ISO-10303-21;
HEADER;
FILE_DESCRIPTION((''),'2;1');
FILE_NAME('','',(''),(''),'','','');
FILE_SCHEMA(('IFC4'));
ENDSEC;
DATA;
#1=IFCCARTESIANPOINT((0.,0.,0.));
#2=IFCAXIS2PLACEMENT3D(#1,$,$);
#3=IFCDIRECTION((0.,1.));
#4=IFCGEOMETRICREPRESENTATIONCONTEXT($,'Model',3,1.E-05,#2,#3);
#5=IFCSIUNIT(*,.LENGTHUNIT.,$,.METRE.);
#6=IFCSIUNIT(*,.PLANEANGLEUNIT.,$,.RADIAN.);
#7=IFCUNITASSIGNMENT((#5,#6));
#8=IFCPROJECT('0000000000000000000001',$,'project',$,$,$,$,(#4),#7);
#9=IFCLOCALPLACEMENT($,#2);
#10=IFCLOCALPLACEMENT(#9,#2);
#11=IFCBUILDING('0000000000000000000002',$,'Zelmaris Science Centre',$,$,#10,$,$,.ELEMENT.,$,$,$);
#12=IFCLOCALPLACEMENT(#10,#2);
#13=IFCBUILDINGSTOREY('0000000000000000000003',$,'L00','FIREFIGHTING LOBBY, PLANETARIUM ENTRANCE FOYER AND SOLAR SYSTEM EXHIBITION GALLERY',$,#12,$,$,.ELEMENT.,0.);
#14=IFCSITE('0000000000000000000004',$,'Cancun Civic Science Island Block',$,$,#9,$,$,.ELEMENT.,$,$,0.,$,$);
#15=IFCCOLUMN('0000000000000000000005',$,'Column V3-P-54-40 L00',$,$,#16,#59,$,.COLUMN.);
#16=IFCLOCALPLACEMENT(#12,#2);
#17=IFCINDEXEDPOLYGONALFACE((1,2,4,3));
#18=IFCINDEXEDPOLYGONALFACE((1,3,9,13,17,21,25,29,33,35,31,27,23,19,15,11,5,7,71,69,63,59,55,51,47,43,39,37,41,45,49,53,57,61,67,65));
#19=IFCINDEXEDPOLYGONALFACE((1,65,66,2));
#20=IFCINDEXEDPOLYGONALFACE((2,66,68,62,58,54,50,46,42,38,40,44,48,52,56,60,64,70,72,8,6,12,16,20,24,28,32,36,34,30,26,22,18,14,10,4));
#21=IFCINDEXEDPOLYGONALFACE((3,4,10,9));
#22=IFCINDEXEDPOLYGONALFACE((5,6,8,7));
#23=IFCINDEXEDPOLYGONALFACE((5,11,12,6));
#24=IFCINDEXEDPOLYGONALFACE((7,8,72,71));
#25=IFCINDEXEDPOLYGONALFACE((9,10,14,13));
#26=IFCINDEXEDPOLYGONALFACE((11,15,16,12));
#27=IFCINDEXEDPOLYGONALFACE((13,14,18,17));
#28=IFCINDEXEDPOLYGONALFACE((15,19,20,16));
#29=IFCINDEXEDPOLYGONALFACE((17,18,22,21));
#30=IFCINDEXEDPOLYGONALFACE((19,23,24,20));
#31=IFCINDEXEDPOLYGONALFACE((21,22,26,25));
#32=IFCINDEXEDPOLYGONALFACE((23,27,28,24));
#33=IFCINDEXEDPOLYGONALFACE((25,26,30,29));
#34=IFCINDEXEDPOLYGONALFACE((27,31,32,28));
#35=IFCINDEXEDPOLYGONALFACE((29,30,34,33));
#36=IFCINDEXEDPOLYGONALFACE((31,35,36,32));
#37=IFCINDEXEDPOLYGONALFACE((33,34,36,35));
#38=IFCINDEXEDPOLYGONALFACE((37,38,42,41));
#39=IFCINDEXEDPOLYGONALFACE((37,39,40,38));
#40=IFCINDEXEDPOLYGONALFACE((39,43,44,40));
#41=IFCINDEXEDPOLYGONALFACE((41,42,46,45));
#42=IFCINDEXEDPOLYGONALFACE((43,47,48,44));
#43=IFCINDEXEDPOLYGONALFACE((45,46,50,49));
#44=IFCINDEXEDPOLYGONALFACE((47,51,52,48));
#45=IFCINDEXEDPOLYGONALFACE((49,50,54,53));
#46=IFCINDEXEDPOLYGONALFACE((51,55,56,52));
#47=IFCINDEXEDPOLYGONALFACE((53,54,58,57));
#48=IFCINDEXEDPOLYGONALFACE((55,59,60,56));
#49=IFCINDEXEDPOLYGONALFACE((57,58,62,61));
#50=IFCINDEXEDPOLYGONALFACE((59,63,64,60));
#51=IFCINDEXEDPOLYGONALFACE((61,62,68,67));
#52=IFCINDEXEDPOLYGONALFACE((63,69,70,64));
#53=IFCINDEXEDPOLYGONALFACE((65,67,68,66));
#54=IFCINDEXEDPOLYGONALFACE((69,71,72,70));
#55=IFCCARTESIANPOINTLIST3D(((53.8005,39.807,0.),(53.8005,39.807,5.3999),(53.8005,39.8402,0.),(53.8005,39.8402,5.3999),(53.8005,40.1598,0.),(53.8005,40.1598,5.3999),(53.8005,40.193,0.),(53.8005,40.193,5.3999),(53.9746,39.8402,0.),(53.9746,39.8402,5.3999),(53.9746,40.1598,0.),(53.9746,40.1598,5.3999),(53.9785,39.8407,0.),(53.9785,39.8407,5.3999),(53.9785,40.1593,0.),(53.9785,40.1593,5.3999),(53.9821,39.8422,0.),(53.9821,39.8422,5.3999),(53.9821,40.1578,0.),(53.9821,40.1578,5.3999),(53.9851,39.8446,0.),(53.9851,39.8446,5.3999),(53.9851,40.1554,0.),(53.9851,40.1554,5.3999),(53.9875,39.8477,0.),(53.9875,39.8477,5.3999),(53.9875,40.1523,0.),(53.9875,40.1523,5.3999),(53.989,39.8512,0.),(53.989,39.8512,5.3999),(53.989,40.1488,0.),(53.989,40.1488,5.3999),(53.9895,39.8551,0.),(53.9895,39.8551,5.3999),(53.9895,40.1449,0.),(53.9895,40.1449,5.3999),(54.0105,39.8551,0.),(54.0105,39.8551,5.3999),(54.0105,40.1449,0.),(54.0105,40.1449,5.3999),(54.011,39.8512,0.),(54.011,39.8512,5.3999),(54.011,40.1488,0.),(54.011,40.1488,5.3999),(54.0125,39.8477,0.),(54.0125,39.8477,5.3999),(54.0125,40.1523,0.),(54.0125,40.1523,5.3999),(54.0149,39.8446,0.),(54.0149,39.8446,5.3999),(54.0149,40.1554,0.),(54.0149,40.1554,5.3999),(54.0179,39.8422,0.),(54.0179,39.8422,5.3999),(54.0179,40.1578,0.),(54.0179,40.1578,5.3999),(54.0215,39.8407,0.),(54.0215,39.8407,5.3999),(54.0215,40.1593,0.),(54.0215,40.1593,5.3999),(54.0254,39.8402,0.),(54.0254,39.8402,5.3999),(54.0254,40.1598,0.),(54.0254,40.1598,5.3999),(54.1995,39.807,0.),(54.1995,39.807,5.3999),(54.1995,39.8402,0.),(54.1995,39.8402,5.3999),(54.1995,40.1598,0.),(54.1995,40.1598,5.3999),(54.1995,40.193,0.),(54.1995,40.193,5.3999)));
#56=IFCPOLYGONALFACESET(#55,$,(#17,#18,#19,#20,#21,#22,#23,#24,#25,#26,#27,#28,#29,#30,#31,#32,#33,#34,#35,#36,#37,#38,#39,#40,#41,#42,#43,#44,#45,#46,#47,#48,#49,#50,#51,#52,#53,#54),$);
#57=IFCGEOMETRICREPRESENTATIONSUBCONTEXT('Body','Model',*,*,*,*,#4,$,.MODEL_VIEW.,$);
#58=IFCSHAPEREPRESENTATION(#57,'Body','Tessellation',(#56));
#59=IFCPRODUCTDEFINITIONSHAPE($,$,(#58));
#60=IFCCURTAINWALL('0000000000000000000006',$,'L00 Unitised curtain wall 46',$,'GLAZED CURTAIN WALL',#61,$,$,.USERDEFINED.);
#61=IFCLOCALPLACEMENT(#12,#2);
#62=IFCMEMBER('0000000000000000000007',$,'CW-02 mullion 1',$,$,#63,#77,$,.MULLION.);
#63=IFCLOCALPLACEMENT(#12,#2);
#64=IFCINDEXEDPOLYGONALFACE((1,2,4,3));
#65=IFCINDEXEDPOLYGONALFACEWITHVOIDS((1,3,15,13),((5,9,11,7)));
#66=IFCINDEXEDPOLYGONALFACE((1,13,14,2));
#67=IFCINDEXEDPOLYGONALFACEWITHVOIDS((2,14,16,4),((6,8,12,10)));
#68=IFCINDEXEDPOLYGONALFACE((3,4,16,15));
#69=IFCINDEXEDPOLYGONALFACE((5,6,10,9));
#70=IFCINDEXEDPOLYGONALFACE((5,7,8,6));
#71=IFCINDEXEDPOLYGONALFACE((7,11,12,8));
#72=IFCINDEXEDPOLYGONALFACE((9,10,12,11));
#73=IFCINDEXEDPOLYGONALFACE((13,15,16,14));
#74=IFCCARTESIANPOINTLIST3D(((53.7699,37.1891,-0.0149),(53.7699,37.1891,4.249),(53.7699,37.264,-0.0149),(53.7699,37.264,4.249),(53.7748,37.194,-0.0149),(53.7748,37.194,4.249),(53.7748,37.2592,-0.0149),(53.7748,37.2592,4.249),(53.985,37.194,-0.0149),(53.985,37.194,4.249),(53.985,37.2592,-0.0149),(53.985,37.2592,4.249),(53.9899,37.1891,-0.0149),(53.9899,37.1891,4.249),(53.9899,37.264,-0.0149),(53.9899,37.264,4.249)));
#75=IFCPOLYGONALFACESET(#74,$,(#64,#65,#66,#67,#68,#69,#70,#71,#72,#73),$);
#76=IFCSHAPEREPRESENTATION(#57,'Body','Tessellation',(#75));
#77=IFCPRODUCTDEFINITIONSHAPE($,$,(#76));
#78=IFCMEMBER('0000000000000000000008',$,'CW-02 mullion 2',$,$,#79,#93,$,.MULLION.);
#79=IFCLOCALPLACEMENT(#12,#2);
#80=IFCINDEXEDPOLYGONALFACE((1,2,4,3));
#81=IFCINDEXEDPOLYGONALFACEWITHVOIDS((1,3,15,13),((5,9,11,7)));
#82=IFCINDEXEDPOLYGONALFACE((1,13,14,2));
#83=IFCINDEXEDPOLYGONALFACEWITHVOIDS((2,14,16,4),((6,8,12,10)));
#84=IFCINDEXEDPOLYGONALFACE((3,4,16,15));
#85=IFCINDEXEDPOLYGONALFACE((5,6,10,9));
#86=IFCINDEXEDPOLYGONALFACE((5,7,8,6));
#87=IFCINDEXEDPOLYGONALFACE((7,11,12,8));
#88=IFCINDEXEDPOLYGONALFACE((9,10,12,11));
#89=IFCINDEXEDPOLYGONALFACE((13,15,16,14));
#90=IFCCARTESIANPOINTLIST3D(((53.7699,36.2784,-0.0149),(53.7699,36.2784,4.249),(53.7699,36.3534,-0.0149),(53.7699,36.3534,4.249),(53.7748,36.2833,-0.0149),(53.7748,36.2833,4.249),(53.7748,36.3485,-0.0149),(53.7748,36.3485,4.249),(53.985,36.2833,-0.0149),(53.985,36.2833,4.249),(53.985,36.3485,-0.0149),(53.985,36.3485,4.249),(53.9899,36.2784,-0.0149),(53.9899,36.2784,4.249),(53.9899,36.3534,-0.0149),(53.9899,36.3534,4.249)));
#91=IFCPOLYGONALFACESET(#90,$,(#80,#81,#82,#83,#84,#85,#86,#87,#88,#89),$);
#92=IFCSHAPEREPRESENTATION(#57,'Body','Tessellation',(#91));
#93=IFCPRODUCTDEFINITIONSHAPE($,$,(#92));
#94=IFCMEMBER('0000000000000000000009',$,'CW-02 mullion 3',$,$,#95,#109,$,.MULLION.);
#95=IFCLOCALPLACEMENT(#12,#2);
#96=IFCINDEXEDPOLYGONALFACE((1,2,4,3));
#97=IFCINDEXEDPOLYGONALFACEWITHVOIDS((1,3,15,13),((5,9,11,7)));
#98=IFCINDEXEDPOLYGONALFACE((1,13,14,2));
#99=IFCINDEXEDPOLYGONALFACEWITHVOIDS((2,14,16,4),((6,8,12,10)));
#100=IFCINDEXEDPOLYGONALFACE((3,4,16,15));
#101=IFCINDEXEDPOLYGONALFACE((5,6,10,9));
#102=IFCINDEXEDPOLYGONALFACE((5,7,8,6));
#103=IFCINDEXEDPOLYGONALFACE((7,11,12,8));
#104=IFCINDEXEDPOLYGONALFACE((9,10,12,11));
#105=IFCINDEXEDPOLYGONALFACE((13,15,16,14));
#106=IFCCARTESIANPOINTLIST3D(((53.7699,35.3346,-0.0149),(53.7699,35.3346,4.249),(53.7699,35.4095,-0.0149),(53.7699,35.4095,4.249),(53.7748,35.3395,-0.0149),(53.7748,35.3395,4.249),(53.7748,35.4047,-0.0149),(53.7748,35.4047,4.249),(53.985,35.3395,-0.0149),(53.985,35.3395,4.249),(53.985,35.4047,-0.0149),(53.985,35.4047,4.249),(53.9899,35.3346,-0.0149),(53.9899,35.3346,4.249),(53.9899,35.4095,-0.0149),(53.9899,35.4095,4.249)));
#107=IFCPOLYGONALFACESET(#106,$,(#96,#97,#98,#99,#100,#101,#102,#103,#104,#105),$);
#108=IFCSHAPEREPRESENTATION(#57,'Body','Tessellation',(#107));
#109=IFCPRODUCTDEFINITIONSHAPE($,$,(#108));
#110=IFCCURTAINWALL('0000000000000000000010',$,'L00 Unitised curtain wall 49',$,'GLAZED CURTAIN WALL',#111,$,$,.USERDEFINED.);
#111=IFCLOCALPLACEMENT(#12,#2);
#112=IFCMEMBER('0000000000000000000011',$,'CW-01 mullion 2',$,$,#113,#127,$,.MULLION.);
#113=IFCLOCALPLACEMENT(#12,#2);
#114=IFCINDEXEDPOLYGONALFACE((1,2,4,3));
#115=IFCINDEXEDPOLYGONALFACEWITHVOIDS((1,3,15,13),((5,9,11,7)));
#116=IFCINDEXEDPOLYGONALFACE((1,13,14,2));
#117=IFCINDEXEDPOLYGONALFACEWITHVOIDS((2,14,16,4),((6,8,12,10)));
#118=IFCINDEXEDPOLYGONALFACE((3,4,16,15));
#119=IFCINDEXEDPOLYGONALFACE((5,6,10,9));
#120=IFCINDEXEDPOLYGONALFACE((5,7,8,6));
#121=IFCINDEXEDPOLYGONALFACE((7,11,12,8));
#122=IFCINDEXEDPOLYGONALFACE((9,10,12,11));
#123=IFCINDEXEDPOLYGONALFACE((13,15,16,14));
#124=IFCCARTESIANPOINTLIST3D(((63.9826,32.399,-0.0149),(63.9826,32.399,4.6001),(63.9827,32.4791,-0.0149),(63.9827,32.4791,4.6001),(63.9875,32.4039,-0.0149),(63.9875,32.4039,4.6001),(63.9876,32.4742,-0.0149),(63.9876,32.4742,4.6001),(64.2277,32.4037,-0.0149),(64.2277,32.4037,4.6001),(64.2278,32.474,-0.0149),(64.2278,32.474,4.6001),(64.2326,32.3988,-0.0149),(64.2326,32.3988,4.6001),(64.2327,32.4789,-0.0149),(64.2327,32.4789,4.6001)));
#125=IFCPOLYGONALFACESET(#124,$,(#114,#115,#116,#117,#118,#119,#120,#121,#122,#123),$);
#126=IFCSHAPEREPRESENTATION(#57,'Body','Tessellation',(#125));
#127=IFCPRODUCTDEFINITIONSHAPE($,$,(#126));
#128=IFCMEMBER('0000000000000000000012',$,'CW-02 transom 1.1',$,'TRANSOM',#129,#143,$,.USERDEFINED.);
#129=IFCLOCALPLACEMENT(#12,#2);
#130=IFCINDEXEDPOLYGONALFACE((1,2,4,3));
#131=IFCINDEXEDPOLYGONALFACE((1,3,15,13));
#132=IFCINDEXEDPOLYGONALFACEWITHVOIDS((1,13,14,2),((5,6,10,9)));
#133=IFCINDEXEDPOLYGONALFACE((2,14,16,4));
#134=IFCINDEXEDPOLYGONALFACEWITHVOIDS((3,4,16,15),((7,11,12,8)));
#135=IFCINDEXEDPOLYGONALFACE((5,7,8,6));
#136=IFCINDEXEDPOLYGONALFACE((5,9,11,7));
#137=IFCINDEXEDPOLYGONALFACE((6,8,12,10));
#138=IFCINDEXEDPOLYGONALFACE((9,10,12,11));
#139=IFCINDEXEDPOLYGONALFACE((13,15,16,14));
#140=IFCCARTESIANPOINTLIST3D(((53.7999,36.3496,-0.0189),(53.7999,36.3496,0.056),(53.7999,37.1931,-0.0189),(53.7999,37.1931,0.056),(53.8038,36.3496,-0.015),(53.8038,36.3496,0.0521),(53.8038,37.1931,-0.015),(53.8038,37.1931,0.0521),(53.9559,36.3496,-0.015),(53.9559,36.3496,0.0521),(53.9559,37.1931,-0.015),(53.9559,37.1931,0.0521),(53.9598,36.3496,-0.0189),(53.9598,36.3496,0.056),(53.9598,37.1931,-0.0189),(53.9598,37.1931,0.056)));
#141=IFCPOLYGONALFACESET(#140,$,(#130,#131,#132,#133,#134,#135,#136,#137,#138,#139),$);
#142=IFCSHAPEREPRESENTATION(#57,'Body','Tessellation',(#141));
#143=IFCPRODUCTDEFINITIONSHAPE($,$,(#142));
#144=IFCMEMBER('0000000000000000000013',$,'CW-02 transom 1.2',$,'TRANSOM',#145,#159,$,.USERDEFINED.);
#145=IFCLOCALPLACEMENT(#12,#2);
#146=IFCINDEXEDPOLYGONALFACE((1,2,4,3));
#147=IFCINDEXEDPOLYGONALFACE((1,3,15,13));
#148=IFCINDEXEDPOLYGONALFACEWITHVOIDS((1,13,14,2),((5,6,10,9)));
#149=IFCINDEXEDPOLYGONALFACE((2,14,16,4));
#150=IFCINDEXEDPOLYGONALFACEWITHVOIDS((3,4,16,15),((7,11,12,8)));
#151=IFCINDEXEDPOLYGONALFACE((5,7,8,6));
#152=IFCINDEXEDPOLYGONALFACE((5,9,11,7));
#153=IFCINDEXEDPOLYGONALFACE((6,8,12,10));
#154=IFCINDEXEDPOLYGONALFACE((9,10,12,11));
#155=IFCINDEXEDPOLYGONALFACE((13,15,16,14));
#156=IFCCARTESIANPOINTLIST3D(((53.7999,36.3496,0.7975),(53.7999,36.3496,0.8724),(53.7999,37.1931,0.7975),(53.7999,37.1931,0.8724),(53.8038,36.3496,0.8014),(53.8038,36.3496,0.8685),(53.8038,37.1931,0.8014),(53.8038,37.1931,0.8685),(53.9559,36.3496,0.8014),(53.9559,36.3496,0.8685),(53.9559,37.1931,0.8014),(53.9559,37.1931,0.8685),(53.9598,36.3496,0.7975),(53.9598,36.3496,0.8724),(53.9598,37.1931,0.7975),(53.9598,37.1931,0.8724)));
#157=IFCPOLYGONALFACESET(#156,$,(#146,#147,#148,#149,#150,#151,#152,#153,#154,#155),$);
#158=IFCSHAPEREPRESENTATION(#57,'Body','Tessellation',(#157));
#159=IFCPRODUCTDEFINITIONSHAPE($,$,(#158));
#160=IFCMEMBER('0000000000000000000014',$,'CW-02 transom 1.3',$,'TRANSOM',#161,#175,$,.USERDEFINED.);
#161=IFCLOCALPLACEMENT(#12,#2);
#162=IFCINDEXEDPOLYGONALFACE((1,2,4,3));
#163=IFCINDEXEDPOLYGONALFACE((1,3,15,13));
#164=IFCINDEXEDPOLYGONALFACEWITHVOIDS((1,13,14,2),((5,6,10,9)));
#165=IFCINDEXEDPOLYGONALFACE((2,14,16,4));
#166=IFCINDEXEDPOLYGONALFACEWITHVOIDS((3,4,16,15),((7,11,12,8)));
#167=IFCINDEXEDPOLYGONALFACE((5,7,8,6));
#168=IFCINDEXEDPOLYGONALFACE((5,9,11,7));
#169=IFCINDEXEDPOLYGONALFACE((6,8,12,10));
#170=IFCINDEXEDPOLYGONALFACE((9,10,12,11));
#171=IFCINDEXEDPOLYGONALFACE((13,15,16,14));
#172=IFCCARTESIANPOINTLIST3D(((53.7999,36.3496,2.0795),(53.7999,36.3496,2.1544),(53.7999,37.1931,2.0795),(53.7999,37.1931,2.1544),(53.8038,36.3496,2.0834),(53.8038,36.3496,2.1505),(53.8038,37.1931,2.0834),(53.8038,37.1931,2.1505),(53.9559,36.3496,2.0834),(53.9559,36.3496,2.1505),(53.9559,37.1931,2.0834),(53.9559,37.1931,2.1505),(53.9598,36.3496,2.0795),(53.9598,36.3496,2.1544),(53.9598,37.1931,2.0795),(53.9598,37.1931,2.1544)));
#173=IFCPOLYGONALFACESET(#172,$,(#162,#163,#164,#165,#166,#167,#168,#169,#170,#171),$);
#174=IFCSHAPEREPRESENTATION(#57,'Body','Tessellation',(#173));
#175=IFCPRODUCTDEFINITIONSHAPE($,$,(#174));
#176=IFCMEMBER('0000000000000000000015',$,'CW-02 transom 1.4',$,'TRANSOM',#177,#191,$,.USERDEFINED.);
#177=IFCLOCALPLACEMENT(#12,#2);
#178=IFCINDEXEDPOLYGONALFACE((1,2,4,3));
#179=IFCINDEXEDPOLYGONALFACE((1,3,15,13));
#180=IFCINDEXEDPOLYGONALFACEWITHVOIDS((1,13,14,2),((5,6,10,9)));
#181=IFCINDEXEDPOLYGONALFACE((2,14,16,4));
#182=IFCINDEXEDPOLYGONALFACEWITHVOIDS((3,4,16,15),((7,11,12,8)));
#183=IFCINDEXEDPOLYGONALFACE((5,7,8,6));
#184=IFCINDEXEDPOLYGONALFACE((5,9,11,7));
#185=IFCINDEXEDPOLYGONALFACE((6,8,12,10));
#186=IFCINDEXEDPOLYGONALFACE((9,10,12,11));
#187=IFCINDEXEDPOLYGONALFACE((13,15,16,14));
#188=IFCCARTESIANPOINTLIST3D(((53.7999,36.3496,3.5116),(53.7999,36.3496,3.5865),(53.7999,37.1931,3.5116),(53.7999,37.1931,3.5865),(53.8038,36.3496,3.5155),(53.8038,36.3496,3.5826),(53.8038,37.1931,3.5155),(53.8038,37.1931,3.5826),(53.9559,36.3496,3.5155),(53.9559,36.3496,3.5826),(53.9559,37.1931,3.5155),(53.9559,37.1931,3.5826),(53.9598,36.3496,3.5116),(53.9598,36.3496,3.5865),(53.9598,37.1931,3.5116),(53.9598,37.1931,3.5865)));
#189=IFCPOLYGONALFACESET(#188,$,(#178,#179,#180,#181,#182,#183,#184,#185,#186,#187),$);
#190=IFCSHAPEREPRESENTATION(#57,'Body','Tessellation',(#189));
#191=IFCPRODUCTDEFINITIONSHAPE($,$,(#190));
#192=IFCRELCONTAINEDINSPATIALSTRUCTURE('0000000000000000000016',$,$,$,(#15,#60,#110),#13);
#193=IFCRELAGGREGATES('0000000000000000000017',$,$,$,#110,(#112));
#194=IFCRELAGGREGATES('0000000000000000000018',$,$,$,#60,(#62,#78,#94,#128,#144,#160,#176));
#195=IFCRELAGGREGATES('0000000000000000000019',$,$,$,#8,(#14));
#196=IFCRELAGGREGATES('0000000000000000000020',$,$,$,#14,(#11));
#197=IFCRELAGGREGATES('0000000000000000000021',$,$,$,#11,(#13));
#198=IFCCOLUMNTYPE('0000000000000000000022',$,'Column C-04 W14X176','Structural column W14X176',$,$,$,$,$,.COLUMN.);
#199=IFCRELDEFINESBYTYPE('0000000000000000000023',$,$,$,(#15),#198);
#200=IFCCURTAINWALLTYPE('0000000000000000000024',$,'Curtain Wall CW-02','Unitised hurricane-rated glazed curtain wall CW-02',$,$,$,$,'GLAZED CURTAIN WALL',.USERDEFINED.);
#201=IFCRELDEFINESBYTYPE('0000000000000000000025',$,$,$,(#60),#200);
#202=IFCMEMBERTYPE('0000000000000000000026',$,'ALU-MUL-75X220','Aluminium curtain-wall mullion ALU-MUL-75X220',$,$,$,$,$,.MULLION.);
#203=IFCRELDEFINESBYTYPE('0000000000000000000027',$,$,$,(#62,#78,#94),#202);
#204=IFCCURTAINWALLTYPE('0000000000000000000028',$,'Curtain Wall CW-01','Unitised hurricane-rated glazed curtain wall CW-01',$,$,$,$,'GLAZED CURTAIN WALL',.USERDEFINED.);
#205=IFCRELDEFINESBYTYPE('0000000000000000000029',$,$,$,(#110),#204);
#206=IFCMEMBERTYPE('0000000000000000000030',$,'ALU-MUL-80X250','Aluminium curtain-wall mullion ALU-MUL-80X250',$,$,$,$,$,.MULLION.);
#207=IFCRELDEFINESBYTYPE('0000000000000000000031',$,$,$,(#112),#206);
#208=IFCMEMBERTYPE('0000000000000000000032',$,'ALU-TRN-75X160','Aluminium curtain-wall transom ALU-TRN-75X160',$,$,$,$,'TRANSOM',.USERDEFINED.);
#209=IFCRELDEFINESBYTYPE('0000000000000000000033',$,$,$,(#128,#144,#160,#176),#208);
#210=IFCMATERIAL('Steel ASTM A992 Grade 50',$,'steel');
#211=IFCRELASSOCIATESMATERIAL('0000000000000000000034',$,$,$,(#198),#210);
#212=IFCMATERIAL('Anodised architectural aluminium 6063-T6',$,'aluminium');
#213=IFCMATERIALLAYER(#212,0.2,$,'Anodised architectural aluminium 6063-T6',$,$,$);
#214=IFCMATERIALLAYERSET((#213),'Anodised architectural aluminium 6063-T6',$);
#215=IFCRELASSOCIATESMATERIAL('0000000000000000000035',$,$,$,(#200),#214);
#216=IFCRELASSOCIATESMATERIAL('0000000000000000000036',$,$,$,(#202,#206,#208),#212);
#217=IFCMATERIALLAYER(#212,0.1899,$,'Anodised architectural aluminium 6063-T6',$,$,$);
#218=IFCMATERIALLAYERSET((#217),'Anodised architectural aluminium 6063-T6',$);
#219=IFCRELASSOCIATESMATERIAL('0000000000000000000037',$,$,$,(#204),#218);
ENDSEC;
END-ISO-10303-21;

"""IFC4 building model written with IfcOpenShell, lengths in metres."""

from ifc_helpers import new_model, si_unit, direction, frame, origin, origin_2d, place, context, subcontext, project, spatial, hollow_rectangle, i_section, extrude, material, layer, layer_set, material_profile, profile_set, type_object, element, aggregate, save


model = new_model("IFC4")

# Units and contexts
model_context = context("Model", 3, precision=1e-05, world=origin(), true_north=direction((0.0, 1.0)))
body_context = subcontext(model_context, "Body", "Model", "MODEL_VIEW")
ifc_project = project(units=[si_unit("LENGTHUNIT", "METRE"), si_unit("PLANEANGLEUNIT", "RADIAN")], contexts=[model_context])

# Site, building, storey
site_placement = place(None, origin())
site = spatial("IfcSite", under=ifc_project, at=site_placement, Name="Cancun Civic Science Island Block", CompositionType="ELEMENT", RefElevation=0.0)
building_placement = place(site_placement, origin())
building = spatial("IfcBuilding", under=site, at=building_placement, Name="Zelmaris Science Centre", CompositionType="ELEMENT")
storey_placement = place(building_placement, origin())
storey = spatial("IfcBuildingStorey", under=building, at=storey_placement, Name="L00", Description="FIREFIGHTING LOBBY, PLANETARIUM ENTRANCE FOYER AND SOLAR SYSTEM EXHIBITION GALLERY", CompositionType="ELEMENT", Elevation=0.0)

# Column
ifc_material_1 = material(Name="Steel ASTM A992 Grade 50", Category="steel")
ifc_material_profile_1 = material_profile(ifc_material_1, i_section(OverallWidth=0.3989, OverallDepth=0.386, WebThickness=0.021, FlangeThickness=0.0332, FilletRadius=0.0149, at=origin_2d()), Name="W14X176")
ifc_profile_set_1 = profile_set([ifc_material_profile_1], Name="Steel ASTM A992 Grade 50")
column_type = type_object("IfcColumnType", Name="Column C-04 W14X176", Description="Structural column W14X176", PredefinedType="COLUMN", material=ifc_profile_set_1)
column_placement = place(storey_placement, frame((54.0, 40.0, 0.0), z_axis=(0.0, 0.0, 1.0), x_axis=(1.0, 0.0, 0.0)))
element("IfcColumn", 1, at=column_placement, inside=storey, type_object=column_type, Name="Column V3-P-54-40 L00", PredefinedType="COLUMN", context=body_context, shape_type="SweptSolid", body=[
    extrude(i_section(OverallWidth=0.3989, OverallDepth=0.386, WebThickness=0.021, FlangeThickness=0.0332, FilletRadius=0.0149, at=origin_2d()), origin(), (0.0, 0.0, 1.0), 5.3999),
])

# Curtain wall, members
ifc_material_2 = material(Name="Anodised architectural aluminium 6063-T6", Category="aluminium")
ifc_layer_1 = layer(ifc_material_2, 0.2, Name="Anodised architectural aluminium 6063-T6")
ifc_layer_set_1 = layer_set([ifc_layer_1], Name="Anodised architectural aluminium 6063-T6")
curtain_wall_type_1 = type_object("IfcCurtainWallType", Name="Curtain Wall CW-02", Description="Unitised hurricane-rated glazed curtain wall CW-02", ElementType="GLAZED CURTAIN WALL", PredefinedType="USERDEFINED", material=ifc_layer_set_1)
curtain_wall_1_placement = place(storey_placement, origin())
curtain_wall_1 = element("IfcCurtainWall", 2, at=curtain_wall_1_placement, inside=storey, type_object=curtain_wall_type_1, Name="L00 Unitised curtain wall 46", ObjectType="GLAZED CURTAIN WALL", PredefinedType="USERDEFINED")
ifc_material_profile_2 = material_profile(ifc_material_2, hollow_rectangle(XDim=0.075, YDim=0.22, WallThickness=0.0049, at=origin_2d()), Name="ALU-MUL-75X220")
ifc_profile_set_2 = profile_set([ifc_material_profile_2], Name="Anodised architectural aluminium 6063-T6")
member_type_1 = type_object("IfcMemberType", Name="ALU-MUL-75X220", Description="Aluminium curtain-wall mullion ALU-MUL-75X220", PredefinedType="MULLION", material=ifc_profile_set_2)
member_1_placement = place(storey_placement, frame((53.8799, 37.2266, -0.0149), z_axis=(0.0, 0.0, 1.0), x_axis=(0.00001, -1.0, 0.0)))
member_1 = element("IfcMember", 3, at=member_1_placement, type_object=member_type_1, Name="CW-02 mullion 1", PredefinedType="MULLION", context=body_context, shape_type="SweptSolid", body=[
    extrude(hollow_rectangle(XDim=0.075, YDim=0.22, WallThickness=0.0049, at=origin_2d()), origin(), (0.0, 0.0, 1.0), 4.2639),
])
member_2_placement = place(storey_placement, frame((53.8799, 36.3159, -0.0149), z_axis=(0.0, 0.0, 1.0), x_axis=(0.00001, -1.0, 0.0)))
member_2 = element("IfcMember", 4, at=member_2_placement, type_object=member_type_1, Name="CW-02 mullion 2", PredefinedType="MULLION", context=body_context, shape_type="SweptSolid", body=[
    extrude(hollow_rectangle(XDim=0.075, YDim=0.22, WallThickness=0.0049, at=origin_2d()), origin(), (0.0, 0.0, 1.0), 4.2639),
])
member_3_placement = place(storey_placement, frame((53.8799, 35.3721, -0.0149), z_axis=(0.0, 0.0, 1.0), x_axis=(0.00001, -1.0, 0.0)))
member_3 = element("IfcMember", 5, at=member_3_placement, type_object=member_type_1, Name="CW-02 mullion 3", PredefinedType="MULLION", context=body_context, shape_type="SweptSolid", body=[
    extrude(hollow_rectangle(XDim=0.075, YDim=0.22, WallThickness=0.0049, at=origin_2d()), origin(), (0.0, 0.0, 1.0), 4.2639),
])

# Curtain wall, member
ifc_layer_2 = layer(ifc_material_2, 0.1899, Name="Anodised architectural aluminium 6063-T6")
ifc_layer_set_2 = layer_set([ifc_layer_2], Name="Anodised architectural aluminium 6063-T6")
curtain_wall_type_2 = type_object("IfcCurtainWallType", Name="Curtain Wall CW-01", Description="Unitised hurricane-rated glazed curtain wall CW-01", ElementType="GLAZED CURTAIN WALL", PredefinedType="USERDEFINED", material=ifc_layer_set_2)
curtain_wall_2_placement = place(storey_placement, origin())
curtain_wall_2 = element("IfcCurtainWall", 6, at=curtain_wall_2_placement, inside=storey, type_object=curtain_wall_type_2, Name="L00 Unitised curtain wall 49", ObjectType="GLAZED CURTAIN WALL", PredefinedType="USERDEFINED")
ifc_material_profile_3 = material_profile(ifc_material_2, hollow_rectangle(XDim=0.0801, YDim=0.25, WallThickness=0.0049, at=origin_2d()), Name="ALU-MUL-80X250")
ifc_profile_set_3 = profile_set([ifc_material_profile_3], Name="Anodised architectural aluminium 6063-T6")
member_type_2 = type_object("IfcMemberType", Name="ALU-MUL-80X250", Description="Aluminium curtain-wall mullion ALU-MUL-80X250", PredefinedType="MULLION", material=ifc_profile_set_3)
member_4_placement = place(storey_placement, frame((64.1077, 32.439, -0.0149), z_axis=(0.0, 0.0, 1.0), x_axis=(0.000946, 1.0, 0.0)))
member_4 = element("IfcMember", 7, at=member_4_placement, type_object=member_type_2, Name="CW-01 mullion 2", PredefinedType="MULLION", context=body_context, shape_type="SweptSolid", body=[
    extrude(hollow_rectangle(XDim=0.0801, YDim=0.25, WallThickness=0.0049, at=origin_2d()), origin(), (0.0, 0.0, 1.0), 4.615),
])
aggregate(curtain_wall_2, [member_4])

# Members
ifc_material_profile_4 = material_profile(ifc_material_2, hollow_rectangle(XDim=0.075, YDim=0.1599, WallThickness=0.0039, at=origin_2d()), Name="ALU-TRN-75X160")
ifc_profile_set_4 = profile_set([ifc_material_profile_4], Name="Anodised architectural aluminium 6063-T6")
member_type_3 = type_object("IfcMemberType", Name="ALU-TRN-75X160", Description="Aluminium curtain-wall transom ALU-TRN-75X160", ElementType="TRANSOM", PredefinedType="USERDEFINED", material=ifc_profile_set_4)
member_5_placement = place(storey_placement, frame((53.8799, 37.1931, 0.0186), z_axis=(0.0, -1.0, 0.0), x_axis=(0.0, 0.0, 1.0)))
member_5 = element("IfcMember", 8, at=member_5_placement, type_object=member_type_3, Name="CW-02 transom 1.1", ObjectType="TRANSOM", PredefinedType="USERDEFINED", context=body_context, shape_type="SweptSolid", body=[
    extrude(hollow_rectangle(XDim=0.075, YDim=0.1599, WallThickness=0.0039, at=origin_2d()), origin(), (0.0, 0.0, 1.0), 0.8435),
])
member_6_placement = place(storey_placement, frame((53.8799, 37.1931, 0.835), z_axis=(0.0, -1.0, 0.0), x_axis=(0.0, 0.0, 1.0)))
member_6 = element("IfcMember", 9, at=member_6_placement, type_object=member_type_3, Name="CW-02 transom 1.2", ObjectType="TRANSOM", PredefinedType="USERDEFINED", context=body_context, shape_type="SweptSolid", body=[
    extrude(hollow_rectangle(XDim=0.075, YDim=0.1599, WallThickness=0.0039, at=origin_2d()), origin(), (0.0, 0.0, 1.0), 0.8435),
])
member_7_placement = place(storey_placement, frame((53.8799, 37.1931, 2.1169), z_axis=(0.0, -1.0, 0.0), x_axis=(0.0, 0.0, 1.0)))
member_7 = element("IfcMember", 10, at=member_7_placement, type_object=member_type_3, Name="CW-02 transom 1.3", ObjectType="TRANSOM", PredefinedType="USERDEFINED", context=body_context, shape_type="SweptSolid", body=[
    extrude(hollow_rectangle(XDim=0.075, YDim=0.1599, WallThickness=0.0039, at=origin_2d()), origin(), (0.0, 0.0, 1.0), 0.8435),
])
member_8_placement = place(storey_placement, frame((53.8799, 37.1931, 3.5491), z_axis=(0.0, -1.0, 0.0), x_axis=(0.0, 0.0, 1.0)))
member_8 = element("IfcMember", 11, at=member_8_placement, type_object=member_type_3, Name="CW-02 transom 1.4", ObjectType="TRANSOM", PredefinedType="USERDEFINED", context=body_context, shape_type="SweptSolid", body=[
    extrude(hollow_rectangle(XDim=0.075, YDim=0.1599, WallThickness=0.0039, at=origin_2d()), origin(), (0.0, 0.0, 1.0), 0.8435),
])

aggregate(curtain_wall_1, [member_1, member_2, member_3, member_5, member_6, member_7, member_8])

save(model, "model.ifc")
